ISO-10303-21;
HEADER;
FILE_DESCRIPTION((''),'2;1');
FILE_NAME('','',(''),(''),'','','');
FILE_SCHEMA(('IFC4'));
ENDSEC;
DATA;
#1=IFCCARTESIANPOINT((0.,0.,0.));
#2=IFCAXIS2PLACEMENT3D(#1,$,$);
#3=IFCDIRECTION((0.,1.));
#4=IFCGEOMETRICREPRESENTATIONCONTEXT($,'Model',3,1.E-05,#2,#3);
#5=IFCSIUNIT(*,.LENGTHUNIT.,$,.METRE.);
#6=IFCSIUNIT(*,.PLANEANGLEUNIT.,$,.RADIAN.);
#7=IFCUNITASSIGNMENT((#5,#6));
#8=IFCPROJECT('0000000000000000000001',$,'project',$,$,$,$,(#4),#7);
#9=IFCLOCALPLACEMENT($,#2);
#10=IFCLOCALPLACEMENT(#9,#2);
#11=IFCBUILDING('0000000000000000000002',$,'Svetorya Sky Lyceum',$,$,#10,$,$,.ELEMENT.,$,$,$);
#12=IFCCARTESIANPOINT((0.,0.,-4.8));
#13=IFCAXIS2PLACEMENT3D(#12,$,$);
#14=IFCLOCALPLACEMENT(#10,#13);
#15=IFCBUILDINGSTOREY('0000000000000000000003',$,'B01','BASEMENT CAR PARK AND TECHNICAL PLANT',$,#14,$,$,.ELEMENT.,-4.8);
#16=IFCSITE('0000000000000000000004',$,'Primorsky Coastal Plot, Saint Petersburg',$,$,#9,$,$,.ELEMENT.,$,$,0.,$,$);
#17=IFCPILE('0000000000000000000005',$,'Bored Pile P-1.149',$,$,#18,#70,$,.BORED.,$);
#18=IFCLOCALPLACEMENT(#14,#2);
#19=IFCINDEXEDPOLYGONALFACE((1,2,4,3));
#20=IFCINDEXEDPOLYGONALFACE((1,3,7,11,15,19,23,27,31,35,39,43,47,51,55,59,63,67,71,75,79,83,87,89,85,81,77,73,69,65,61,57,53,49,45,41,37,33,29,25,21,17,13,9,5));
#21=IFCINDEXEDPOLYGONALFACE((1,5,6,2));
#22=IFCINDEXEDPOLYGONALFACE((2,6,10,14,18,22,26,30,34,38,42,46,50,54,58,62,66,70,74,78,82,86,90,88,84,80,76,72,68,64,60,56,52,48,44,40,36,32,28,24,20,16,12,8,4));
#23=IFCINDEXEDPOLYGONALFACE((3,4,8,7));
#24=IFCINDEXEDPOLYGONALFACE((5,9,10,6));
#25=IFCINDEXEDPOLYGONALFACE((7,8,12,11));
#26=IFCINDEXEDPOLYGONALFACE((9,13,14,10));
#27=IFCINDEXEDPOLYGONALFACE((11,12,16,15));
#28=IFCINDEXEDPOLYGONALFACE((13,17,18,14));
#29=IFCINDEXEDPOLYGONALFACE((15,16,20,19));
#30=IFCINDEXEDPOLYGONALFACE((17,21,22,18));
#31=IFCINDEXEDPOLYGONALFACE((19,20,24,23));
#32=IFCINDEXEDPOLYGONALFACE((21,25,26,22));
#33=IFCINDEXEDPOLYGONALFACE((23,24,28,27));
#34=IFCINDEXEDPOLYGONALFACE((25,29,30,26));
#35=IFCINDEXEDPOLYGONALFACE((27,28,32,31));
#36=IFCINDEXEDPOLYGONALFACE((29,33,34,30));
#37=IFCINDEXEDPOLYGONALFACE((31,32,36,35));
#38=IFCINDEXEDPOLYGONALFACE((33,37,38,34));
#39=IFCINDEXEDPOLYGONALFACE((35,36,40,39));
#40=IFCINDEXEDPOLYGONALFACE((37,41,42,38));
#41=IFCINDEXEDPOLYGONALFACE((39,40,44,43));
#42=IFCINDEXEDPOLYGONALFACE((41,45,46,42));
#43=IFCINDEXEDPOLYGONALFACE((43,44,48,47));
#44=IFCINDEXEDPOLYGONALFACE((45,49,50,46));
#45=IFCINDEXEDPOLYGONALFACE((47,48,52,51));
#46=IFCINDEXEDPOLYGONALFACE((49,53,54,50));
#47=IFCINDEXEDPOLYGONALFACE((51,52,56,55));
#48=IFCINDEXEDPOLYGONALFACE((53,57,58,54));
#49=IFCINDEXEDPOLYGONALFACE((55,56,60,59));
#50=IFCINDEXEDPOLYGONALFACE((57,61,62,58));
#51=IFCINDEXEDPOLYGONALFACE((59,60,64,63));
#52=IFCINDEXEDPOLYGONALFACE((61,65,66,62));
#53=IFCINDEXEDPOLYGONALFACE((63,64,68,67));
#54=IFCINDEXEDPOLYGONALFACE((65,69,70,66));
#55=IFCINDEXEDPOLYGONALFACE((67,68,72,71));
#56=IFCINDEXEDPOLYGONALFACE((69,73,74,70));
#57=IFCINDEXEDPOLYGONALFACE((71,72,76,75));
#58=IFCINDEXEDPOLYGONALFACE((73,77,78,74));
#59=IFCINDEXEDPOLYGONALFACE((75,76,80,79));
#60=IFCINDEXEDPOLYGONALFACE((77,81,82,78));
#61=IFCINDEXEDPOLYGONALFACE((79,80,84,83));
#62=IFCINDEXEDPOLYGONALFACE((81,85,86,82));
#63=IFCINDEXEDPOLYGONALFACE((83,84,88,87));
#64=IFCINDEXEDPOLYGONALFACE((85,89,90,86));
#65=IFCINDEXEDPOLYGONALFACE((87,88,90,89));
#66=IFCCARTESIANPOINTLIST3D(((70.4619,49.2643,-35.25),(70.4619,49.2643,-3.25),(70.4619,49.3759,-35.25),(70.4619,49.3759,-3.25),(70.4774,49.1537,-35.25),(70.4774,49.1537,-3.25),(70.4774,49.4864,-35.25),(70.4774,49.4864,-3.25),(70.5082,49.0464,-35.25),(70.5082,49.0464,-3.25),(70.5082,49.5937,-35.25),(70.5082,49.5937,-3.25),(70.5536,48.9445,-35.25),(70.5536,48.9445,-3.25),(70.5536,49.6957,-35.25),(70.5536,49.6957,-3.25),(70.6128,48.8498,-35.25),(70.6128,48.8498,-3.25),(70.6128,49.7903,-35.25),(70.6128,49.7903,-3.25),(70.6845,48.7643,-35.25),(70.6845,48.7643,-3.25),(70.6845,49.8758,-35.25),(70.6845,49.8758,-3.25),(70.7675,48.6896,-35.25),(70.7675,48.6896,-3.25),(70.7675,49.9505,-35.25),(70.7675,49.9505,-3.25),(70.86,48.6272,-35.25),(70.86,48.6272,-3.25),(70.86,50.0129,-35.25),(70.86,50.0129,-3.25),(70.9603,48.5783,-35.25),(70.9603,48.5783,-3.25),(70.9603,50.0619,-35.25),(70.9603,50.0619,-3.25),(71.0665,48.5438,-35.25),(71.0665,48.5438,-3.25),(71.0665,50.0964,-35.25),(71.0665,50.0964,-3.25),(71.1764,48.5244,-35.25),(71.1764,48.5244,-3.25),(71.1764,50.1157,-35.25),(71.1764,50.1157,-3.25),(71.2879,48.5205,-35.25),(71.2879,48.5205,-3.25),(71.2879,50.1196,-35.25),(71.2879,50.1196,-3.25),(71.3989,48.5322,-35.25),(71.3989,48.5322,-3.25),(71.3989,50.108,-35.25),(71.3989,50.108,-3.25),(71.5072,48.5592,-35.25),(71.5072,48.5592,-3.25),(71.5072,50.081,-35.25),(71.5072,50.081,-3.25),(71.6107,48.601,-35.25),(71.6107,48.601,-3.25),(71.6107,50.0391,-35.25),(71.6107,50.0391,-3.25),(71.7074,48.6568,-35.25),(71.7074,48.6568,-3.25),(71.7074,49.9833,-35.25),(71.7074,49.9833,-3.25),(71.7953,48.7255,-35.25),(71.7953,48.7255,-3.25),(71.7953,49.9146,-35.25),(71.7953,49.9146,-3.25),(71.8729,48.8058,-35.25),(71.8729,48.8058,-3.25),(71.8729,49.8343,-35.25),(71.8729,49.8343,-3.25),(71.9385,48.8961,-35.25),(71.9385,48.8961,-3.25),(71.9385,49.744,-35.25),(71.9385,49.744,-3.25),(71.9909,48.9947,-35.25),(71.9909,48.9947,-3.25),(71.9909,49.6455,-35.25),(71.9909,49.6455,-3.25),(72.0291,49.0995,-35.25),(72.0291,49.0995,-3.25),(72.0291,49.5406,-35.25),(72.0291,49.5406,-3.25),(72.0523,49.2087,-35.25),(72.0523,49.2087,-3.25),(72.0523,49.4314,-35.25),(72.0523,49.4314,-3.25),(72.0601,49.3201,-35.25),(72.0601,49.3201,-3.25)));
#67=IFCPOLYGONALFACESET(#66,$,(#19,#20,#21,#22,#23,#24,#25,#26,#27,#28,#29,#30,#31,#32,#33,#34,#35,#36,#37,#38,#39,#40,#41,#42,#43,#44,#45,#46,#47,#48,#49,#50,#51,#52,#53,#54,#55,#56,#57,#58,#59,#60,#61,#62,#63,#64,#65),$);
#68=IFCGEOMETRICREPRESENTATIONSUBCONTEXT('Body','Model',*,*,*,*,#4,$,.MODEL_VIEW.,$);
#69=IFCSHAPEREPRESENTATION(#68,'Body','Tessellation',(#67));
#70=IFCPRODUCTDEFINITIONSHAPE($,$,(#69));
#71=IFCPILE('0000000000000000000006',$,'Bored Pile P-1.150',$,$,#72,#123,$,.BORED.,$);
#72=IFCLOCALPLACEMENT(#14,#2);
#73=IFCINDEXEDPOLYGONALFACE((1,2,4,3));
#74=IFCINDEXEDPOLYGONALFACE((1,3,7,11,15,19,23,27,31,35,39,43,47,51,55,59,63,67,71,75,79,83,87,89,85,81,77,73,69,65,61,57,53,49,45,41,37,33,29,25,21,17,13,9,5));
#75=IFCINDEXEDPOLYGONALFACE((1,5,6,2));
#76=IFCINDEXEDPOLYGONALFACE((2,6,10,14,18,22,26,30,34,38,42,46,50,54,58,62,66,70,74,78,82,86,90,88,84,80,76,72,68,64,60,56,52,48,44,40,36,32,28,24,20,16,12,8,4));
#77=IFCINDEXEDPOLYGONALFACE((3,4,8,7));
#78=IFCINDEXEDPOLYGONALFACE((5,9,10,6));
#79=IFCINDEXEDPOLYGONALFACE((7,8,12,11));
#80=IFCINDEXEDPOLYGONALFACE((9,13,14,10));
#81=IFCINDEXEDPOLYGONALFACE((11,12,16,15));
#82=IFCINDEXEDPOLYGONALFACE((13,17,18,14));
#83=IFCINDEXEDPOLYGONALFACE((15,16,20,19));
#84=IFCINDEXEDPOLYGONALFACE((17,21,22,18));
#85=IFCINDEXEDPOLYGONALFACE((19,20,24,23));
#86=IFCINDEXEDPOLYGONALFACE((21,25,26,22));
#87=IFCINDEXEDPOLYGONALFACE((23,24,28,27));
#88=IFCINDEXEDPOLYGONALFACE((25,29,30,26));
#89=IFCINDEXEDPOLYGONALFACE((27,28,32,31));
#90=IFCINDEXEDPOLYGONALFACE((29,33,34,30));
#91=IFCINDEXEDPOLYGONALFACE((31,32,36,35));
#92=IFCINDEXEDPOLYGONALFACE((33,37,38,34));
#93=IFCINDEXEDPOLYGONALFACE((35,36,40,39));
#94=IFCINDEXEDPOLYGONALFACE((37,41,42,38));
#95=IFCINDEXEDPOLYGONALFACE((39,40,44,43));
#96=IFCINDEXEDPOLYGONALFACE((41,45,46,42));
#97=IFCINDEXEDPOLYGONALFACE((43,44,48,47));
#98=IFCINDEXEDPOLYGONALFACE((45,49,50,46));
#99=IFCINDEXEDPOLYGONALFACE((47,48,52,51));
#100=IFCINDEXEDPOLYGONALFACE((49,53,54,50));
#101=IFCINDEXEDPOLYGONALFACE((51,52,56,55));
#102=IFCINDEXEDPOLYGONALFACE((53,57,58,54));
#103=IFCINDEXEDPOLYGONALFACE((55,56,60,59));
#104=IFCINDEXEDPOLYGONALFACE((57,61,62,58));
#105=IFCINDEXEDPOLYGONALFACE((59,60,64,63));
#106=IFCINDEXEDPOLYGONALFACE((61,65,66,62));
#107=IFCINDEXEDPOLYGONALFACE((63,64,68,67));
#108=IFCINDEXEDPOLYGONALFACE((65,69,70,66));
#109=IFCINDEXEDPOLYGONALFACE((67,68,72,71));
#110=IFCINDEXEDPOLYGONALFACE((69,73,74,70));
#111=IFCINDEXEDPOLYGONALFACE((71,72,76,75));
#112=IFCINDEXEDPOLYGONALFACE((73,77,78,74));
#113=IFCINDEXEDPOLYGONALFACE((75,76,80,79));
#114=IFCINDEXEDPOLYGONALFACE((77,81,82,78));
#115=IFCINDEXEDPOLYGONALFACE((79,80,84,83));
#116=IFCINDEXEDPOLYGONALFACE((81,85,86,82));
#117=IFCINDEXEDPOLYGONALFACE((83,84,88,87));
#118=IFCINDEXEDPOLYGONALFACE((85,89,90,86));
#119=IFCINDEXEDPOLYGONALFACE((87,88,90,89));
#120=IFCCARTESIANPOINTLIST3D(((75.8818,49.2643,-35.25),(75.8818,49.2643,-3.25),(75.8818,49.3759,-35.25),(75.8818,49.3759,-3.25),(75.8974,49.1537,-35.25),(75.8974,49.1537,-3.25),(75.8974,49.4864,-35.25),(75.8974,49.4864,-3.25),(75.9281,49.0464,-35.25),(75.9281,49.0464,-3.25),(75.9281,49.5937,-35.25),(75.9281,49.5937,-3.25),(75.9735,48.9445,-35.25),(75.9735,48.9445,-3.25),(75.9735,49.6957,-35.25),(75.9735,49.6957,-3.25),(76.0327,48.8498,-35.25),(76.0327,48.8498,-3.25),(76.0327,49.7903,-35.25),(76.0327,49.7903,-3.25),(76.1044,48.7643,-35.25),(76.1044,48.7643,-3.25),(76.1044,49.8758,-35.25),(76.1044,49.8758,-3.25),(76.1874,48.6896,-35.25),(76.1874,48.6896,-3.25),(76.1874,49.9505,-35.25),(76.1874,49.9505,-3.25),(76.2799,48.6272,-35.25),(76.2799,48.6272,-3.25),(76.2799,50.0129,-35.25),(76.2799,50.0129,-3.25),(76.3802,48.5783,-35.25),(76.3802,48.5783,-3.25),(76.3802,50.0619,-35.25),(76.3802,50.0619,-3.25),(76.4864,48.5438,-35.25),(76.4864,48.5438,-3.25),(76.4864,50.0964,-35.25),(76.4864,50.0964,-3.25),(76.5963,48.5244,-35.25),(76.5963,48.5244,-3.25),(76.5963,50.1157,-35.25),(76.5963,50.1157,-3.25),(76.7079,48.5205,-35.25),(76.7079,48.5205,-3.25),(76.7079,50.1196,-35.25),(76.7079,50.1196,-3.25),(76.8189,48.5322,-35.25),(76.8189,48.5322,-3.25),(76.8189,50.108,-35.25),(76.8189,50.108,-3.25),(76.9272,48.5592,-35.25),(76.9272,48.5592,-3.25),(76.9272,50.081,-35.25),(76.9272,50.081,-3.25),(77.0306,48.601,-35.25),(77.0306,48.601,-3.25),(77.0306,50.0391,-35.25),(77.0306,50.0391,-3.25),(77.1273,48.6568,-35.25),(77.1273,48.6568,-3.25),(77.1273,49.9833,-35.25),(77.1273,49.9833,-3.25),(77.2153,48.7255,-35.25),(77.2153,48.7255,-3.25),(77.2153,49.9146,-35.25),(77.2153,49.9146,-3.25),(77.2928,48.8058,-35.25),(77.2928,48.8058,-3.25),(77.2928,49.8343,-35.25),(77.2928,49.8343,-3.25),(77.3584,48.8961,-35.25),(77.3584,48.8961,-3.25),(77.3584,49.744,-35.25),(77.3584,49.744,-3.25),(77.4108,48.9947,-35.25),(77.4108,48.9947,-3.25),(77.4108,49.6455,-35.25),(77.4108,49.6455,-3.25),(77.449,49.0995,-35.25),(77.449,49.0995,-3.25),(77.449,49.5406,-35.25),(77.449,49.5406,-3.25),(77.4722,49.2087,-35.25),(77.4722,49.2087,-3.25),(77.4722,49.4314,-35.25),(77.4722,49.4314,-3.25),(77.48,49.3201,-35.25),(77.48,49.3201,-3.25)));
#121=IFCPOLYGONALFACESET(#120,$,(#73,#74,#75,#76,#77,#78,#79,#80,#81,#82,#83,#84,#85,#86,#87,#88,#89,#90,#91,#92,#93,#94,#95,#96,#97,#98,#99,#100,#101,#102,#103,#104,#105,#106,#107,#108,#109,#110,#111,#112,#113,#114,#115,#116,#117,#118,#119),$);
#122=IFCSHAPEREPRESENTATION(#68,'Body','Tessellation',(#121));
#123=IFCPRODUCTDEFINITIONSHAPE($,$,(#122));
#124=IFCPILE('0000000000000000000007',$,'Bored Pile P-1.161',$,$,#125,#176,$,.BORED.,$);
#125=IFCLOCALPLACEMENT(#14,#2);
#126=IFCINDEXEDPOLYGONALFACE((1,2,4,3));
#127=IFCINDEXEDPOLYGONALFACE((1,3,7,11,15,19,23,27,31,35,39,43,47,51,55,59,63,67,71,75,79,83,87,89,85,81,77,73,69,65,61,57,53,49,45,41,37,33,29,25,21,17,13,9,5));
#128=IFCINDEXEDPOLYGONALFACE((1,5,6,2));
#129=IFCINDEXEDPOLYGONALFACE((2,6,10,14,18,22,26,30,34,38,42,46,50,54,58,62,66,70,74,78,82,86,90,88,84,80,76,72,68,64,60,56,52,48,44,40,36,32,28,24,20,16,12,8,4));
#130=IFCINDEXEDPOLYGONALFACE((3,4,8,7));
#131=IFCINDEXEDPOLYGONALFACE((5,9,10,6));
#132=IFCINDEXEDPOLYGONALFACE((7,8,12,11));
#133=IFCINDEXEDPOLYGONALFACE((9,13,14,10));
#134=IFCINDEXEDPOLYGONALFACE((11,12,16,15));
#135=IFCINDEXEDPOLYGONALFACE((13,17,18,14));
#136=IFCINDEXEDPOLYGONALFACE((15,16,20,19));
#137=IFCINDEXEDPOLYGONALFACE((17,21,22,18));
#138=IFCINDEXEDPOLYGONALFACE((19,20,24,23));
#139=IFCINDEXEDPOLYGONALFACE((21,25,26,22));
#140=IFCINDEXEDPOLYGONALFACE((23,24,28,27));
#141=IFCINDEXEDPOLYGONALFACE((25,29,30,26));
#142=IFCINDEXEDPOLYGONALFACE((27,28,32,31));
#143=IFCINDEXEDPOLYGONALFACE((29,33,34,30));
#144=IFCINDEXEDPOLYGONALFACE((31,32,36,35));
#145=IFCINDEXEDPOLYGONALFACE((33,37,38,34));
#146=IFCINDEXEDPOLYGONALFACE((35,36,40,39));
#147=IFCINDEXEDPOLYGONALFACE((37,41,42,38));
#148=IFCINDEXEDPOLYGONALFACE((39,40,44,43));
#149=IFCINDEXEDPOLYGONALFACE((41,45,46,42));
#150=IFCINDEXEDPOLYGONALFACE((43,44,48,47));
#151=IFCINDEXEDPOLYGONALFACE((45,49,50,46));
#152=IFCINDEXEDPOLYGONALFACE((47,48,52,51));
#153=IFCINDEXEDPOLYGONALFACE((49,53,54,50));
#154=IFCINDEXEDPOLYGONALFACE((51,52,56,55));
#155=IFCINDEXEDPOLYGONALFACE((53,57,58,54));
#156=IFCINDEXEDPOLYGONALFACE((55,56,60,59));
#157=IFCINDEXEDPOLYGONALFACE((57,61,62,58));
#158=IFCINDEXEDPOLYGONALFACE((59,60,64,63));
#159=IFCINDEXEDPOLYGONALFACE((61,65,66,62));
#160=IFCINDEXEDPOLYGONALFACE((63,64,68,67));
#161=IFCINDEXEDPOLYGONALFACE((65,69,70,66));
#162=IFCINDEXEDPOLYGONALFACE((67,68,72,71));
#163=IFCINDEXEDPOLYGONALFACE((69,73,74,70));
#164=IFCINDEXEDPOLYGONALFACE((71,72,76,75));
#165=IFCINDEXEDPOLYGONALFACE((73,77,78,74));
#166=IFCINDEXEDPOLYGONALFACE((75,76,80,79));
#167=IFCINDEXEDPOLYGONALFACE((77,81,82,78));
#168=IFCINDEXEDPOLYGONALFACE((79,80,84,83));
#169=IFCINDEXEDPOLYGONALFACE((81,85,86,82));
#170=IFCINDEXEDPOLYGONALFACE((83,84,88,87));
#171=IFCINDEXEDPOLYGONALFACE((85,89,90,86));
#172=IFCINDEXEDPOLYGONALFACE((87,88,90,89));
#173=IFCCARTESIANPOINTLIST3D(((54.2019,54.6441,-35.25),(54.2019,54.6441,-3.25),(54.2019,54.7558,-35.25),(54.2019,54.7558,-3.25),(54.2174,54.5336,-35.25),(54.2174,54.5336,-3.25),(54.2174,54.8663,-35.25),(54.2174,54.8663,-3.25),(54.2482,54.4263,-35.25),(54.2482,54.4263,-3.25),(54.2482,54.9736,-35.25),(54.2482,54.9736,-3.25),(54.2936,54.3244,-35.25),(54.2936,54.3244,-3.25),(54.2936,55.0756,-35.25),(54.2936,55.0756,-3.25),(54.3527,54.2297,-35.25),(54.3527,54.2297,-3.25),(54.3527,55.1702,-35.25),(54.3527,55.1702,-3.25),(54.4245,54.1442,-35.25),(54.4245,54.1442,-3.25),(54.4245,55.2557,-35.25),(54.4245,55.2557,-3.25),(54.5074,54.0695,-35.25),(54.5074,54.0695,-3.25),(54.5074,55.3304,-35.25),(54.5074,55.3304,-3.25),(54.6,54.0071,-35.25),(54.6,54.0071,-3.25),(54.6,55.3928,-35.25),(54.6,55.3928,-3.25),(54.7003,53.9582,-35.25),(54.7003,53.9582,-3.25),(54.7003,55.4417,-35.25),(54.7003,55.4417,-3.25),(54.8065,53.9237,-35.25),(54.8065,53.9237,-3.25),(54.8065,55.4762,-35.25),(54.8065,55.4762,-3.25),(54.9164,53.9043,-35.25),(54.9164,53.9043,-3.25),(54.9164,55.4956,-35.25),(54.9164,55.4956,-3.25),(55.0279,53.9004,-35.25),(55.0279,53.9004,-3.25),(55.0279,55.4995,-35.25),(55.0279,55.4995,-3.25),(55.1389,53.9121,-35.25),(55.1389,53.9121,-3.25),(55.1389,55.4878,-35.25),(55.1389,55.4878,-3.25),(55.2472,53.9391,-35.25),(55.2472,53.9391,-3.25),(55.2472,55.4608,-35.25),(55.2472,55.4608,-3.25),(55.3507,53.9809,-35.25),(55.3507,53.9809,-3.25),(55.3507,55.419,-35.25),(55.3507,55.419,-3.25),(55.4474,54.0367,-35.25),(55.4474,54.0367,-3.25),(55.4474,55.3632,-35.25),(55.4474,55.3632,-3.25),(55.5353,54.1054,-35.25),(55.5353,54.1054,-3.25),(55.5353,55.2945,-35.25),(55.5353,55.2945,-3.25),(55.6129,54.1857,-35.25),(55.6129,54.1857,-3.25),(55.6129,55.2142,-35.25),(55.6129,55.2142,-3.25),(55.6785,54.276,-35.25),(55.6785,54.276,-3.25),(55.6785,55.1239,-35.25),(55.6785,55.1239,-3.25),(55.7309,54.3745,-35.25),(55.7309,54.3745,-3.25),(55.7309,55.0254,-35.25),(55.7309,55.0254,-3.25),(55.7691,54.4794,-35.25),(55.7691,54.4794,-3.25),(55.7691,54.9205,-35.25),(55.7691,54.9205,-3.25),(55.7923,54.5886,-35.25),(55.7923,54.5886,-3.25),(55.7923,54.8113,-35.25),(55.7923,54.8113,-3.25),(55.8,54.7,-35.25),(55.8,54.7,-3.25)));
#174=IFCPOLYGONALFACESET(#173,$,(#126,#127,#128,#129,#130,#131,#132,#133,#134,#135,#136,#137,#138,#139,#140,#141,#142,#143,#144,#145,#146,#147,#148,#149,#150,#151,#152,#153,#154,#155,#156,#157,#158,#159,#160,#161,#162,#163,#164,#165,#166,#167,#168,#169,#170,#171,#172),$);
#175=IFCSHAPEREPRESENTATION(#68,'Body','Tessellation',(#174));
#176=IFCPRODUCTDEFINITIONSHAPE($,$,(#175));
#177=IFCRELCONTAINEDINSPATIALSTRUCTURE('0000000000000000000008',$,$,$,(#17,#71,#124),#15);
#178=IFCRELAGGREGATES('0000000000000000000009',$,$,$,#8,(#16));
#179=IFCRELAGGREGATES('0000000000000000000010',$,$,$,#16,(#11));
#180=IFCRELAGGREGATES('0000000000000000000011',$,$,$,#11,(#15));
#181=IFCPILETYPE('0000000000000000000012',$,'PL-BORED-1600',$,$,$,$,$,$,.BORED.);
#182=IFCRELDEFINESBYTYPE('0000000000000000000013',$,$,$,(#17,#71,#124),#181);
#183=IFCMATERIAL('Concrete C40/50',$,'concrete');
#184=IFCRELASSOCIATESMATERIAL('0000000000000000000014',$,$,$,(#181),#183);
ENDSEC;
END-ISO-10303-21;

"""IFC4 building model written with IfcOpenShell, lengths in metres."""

from ifc_helpers import new_model, si_unit, direction, frame, origin, origin_2d, place, context, subcontext, project, spatial, circle, extrude, material, material_profile, profile_set, type_object, element, save


model = new_model("IFC4")

# Units and contexts
model_context = context("Model", 3, precision=1e-05, world=origin(), true_north=direction((0.0, 1.0)))
body_context = subcontext(model_context, "Body", "Model", "MODEL_VIEW")
ifc_project = project(units=[si_unit("LENGTHUNIT", "METRE"), si_unit("PLANEANGLEUNIT", "RADIAN")], contexts=[model_context])

# Site, building, storey
site_placement = place(None, origin())
site = spatial("IfcSite", under=ifc_project, at=site_placement, Name="Primorsky Coastal Plot, Saint Petersburg", CompositionType="ELEMENT", RefElevation=0.0)
building_placement = place(site_placement, origin())
building = spatial("IfcBuilding", under=site, at=building_placement, Name="Svetorya Sky Lyceum", CompositionType="ELEMENT")
storey_placement = place(building_placement, frame((0.0, 0.0, -4.8)))
storey = spatial("IfcBuildingStorey", under=building, at=storey_placement, Name="B01", Description="BASEMENT CAR PARK AND TECHNICAL PLANT", CompositionType="ELEMENT", Elevation=-4.8)

# Piles
ifc_material_1 = material(Name="Concrete C40/50", Category="concrete")
ifc_material_profile_1 = material_profile(ifc_material_1, circle(Radius=0.8, at=origin_2d()), Name="RC PILE D1600")
ifc_profile_set_1 = profile_set([ifc_material_profile_1], Name="Concrete C40/50")
pile_type = type_object("IfcPileType", Name="PL-BORED-1600", PredefinedType="BORED", material=ifc_profile_set_1)
for number, where, z_axis, x_axis, name in (
    (1, (71.26, 49.3201, -3.25), (0.0, 0.0, -1.0), (1.0, 0.0, 0.0), "Bored Pile P-1.149"),
    (2, (76.6799, 49.3201, -3.25), (0.0, 0.0, -1.0), (1.0, 0.0, 0.0), "Bored Pile P-1.150"),
    (3, (55.0, 54.7, -3.25), (0.0, 0.0, -1.0), (1.0, 0.0, 0.0), "Bored Pile P-1.161"),
):
    element("IfcPile", number, at=place(storey_placement, frame(where, z_axis=z_axis, x_axis=x_axis)), inside=storey, type_object=pile_type, Name=name, PredefinedType="BORED", context=body_context, shape_type="SweptSolid", body=[
        extrude(circle(Radius=0.8, at=origin_2d()), origin(), (0.0, 0.0, 1.0), 32.0),
    ])

save(model, "model.ifc")
